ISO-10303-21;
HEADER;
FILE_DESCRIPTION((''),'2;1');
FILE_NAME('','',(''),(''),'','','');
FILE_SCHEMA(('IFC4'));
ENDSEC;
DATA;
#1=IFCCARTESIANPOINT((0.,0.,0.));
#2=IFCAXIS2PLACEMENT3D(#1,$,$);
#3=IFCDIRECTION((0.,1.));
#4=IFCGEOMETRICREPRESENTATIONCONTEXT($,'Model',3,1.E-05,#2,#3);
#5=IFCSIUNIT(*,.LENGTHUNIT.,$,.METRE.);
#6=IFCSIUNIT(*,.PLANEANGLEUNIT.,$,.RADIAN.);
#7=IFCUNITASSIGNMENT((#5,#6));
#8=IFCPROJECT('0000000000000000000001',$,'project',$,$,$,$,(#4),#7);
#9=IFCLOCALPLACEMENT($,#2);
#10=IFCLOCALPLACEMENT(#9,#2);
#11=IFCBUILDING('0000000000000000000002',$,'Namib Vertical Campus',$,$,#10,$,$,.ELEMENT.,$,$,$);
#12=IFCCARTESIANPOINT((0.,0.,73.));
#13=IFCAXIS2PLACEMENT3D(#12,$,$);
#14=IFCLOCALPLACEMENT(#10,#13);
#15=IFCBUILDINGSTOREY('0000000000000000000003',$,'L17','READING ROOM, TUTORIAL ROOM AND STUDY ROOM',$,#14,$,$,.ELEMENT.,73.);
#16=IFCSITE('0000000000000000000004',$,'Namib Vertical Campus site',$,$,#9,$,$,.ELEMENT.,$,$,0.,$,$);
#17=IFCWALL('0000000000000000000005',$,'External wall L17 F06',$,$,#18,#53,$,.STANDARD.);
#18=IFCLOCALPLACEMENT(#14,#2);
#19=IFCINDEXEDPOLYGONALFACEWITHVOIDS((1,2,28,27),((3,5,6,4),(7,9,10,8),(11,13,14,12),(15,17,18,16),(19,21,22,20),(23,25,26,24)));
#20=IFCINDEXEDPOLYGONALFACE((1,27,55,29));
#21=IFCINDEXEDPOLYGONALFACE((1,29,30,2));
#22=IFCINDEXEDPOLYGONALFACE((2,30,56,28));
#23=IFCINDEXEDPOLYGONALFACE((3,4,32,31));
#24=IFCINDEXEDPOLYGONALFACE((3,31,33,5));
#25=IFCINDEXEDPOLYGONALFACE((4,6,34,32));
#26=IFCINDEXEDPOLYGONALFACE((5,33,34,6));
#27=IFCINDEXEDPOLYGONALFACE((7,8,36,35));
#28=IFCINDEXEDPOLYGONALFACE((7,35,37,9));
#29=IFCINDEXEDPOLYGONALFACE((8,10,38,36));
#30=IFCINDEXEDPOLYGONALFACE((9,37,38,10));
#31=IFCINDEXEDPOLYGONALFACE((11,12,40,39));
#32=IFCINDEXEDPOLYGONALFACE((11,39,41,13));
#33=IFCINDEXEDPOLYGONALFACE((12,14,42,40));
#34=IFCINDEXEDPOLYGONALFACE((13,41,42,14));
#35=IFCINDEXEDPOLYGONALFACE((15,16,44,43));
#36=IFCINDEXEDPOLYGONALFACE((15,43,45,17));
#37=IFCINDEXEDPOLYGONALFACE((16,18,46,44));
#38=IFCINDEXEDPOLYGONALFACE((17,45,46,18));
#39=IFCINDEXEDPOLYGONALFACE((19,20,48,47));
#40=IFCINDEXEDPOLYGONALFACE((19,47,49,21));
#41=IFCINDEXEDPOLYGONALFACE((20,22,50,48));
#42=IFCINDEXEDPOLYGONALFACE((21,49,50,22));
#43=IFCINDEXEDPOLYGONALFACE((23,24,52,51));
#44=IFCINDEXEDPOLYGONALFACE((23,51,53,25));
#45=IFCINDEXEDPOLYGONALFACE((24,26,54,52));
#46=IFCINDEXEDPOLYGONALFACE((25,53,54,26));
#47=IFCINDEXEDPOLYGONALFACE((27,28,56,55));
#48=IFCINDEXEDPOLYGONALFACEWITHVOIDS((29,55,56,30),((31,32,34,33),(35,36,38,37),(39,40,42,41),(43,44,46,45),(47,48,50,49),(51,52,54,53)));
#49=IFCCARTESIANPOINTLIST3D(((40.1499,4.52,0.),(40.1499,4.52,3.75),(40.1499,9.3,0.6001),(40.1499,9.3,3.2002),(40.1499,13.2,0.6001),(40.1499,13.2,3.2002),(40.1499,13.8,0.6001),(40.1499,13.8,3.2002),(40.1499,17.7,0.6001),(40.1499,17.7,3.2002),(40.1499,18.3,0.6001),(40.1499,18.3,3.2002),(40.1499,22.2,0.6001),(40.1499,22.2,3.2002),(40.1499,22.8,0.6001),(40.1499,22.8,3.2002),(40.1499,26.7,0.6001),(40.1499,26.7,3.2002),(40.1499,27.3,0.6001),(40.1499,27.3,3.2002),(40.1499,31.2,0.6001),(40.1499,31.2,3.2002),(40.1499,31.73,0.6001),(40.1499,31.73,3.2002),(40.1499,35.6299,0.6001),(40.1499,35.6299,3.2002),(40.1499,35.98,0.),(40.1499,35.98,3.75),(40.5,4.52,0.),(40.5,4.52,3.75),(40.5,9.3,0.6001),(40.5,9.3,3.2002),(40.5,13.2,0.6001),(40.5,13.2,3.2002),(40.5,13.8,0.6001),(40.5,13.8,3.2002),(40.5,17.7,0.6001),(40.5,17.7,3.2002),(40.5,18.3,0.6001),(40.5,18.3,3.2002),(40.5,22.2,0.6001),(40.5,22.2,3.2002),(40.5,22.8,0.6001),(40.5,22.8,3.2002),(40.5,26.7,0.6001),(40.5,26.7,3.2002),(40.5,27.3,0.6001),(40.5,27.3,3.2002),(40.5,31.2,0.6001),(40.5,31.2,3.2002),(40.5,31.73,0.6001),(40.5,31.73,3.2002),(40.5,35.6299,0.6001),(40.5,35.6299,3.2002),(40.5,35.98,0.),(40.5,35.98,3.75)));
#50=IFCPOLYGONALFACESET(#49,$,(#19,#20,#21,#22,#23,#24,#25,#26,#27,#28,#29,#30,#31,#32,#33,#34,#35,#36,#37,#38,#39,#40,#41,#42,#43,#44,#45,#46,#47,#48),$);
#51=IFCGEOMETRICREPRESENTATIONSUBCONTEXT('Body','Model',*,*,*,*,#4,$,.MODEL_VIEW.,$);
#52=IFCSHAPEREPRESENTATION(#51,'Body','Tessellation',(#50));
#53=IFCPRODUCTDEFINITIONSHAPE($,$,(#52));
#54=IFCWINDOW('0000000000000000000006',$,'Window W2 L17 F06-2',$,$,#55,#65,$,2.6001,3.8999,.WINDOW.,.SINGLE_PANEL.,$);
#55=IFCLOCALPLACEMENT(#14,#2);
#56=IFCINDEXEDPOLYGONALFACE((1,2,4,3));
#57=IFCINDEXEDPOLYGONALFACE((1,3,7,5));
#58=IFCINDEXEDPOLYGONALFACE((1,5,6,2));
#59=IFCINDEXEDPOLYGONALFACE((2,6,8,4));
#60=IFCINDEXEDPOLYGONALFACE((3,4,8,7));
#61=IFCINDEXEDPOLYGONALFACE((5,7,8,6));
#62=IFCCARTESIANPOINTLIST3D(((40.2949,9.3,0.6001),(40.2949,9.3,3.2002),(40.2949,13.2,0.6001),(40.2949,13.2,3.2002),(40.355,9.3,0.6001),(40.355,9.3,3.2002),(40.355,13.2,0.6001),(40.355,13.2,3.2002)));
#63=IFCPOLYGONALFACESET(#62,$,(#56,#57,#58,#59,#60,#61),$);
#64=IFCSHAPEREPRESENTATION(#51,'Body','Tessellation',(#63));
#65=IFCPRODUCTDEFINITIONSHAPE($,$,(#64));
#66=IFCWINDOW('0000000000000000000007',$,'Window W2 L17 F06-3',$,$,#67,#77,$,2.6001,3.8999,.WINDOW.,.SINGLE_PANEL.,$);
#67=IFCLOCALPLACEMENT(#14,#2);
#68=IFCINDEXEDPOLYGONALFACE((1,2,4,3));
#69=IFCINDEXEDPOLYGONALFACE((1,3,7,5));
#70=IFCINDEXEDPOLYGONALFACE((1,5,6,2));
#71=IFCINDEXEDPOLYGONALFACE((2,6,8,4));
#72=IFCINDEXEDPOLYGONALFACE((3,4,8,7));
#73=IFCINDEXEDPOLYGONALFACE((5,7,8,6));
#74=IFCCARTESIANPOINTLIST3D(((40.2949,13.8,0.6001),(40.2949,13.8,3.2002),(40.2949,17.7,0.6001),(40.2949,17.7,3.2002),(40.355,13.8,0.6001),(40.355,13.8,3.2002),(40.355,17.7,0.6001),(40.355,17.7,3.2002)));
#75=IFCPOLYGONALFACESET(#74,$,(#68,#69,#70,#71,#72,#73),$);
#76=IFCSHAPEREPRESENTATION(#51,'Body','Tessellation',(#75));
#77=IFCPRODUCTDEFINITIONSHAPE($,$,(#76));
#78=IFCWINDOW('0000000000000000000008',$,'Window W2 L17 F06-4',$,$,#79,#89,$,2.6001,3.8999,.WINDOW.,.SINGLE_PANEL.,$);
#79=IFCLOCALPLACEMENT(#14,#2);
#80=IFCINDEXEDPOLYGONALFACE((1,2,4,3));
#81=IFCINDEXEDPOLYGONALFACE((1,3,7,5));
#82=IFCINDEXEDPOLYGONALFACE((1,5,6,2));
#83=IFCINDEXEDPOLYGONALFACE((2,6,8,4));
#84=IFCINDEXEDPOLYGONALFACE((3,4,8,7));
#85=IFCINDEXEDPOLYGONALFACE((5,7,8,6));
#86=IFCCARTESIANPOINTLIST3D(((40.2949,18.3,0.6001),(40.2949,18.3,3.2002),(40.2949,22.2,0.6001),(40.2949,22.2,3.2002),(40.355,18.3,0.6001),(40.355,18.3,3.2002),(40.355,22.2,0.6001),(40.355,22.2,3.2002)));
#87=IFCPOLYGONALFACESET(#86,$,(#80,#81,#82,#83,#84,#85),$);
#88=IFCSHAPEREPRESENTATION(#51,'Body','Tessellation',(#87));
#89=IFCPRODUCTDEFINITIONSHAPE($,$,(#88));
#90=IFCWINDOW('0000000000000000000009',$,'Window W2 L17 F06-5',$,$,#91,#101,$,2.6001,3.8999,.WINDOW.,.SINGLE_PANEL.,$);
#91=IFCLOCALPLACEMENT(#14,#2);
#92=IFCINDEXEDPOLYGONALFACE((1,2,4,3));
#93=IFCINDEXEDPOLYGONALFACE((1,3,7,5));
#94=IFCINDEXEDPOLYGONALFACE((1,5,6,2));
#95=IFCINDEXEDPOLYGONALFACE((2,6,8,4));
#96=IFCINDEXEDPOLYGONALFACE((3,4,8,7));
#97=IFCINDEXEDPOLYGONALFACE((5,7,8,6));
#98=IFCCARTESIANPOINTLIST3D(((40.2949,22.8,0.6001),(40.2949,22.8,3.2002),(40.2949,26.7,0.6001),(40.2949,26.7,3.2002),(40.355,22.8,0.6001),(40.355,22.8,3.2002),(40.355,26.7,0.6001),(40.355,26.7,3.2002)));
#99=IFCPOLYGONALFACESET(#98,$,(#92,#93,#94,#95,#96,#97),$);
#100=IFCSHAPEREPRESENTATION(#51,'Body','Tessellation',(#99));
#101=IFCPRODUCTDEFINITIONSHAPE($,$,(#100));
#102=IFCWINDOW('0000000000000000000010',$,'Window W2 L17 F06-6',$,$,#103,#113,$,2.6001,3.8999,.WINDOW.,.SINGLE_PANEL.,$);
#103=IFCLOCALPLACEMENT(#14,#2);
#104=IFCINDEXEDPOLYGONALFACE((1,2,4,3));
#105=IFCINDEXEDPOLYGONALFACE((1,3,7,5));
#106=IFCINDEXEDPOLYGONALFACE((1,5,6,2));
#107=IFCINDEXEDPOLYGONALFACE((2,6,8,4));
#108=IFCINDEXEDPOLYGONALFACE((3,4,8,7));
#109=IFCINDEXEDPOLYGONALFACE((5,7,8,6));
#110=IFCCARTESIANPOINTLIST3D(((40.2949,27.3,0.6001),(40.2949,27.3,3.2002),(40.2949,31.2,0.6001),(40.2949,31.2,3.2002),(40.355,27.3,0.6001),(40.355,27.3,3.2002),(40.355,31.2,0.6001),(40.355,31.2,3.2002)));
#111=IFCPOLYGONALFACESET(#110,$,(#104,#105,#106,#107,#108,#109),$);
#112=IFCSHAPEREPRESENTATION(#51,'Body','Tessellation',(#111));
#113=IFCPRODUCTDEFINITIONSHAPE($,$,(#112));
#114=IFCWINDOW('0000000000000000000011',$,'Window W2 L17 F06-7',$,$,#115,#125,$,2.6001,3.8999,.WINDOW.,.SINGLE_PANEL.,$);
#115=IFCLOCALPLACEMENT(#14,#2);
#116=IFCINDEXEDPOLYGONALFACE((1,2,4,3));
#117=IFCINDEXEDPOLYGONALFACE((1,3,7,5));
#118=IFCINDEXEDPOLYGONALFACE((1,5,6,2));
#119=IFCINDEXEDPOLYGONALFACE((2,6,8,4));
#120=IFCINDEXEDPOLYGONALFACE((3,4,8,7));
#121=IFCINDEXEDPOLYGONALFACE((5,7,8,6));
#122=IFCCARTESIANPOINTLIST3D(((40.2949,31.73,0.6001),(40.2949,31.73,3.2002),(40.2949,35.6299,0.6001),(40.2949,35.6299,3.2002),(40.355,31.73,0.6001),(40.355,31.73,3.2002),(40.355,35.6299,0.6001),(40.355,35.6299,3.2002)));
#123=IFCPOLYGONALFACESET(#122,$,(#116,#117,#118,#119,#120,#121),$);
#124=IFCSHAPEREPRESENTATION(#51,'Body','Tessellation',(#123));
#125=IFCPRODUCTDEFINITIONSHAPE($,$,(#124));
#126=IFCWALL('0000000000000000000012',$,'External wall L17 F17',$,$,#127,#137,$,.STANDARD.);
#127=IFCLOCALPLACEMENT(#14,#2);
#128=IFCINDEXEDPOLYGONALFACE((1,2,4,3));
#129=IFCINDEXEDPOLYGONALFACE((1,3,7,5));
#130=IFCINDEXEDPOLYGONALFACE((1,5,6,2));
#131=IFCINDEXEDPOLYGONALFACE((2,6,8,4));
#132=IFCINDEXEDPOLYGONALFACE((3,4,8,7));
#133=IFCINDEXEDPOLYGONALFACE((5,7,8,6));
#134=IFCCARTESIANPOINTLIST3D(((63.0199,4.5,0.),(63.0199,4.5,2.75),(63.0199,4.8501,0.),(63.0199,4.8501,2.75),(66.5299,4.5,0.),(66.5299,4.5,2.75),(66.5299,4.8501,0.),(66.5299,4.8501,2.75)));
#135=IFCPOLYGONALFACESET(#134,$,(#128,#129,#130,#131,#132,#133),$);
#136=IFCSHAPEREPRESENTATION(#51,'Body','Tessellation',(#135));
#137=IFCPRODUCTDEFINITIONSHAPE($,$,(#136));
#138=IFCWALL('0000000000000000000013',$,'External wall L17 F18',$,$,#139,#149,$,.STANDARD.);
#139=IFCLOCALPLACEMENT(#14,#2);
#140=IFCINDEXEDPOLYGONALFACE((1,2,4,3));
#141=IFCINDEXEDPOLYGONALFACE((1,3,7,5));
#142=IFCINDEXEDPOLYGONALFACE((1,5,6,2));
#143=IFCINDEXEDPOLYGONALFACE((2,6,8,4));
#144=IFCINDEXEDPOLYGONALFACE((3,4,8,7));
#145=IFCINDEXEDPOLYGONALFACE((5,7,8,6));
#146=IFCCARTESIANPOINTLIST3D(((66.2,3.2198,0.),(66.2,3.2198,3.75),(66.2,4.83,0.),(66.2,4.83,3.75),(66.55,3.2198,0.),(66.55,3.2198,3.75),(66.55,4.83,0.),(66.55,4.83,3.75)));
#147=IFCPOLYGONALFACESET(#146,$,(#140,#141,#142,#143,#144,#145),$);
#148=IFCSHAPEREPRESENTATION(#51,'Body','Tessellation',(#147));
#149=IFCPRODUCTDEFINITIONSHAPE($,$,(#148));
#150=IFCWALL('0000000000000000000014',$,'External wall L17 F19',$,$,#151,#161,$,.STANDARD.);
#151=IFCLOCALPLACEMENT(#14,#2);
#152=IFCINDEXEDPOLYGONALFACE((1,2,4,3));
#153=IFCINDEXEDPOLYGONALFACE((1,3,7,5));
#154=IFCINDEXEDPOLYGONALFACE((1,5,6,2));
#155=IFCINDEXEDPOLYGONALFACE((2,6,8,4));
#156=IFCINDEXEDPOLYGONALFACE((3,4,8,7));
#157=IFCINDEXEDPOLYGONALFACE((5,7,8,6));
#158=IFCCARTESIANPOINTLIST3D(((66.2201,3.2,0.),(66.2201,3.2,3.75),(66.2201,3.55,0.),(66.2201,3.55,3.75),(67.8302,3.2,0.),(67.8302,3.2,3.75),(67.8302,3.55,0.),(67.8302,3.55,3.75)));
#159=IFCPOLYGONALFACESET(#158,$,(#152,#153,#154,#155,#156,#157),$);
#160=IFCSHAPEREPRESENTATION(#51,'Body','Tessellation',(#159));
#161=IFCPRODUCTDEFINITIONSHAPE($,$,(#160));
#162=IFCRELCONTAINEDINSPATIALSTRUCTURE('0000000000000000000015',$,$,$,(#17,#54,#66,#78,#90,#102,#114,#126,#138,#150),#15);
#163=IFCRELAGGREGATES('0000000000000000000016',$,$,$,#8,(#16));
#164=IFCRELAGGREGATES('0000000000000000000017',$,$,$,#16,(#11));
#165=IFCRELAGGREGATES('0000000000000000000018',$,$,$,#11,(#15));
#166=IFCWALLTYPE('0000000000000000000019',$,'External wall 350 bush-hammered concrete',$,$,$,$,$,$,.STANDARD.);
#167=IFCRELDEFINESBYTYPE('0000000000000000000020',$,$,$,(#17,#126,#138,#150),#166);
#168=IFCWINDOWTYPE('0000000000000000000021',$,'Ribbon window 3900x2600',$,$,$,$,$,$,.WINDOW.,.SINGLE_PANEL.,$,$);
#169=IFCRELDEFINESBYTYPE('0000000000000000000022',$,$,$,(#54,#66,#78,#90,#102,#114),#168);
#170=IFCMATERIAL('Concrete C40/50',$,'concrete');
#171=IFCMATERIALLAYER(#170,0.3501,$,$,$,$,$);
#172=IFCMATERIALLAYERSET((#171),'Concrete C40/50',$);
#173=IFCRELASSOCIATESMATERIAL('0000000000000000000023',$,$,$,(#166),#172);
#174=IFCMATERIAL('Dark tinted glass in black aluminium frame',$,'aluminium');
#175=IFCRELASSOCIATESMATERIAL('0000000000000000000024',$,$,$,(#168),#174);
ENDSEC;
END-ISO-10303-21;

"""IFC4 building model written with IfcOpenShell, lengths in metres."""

from ifc_helpers import new_model, si_unit, direction, frame, frame_2d, origin, place, context, subcontext, project, spatial, rectangle, extrude, material, layer, layer_set, type_object, element, fill, save


model = new_model("IFC4")

# Units and contexts
model_context = context("Model", 3, precision=1e-05, world=origin(), true_north=direction((0.0, 1.0)))
body_context = subcontext(model_context, "Body", "Model", "MODEL_VIEW")
ifc_project = project(units=[si_unit("LENGTHUNIT", "METRE"), si_unit("PLANEANGLEUNIT", "RADIAN")], contexts=[model_context])

# Site, building, storey
site_placement = place(None, origin())
site = spatial("IfcSite", under=ifc_project, at=site_placement, Name="Namib Vertical Campus site", CompositionType="ELEMENT", RefElevation=0.0)
building_placement = place(site_placement, origin())
building = spatial("IfcBuilding", under=site, at=building_placement, Name="Namib Vertical Campus", CompositionType="ELEMENT")
storey_placement = place(building_placement, frame((0.0, 0.0, 73.0)))
storey = spatial("IfcBuildingStorey", under=building, at=storey_placement, Name="L17", Description="READING ROOM, TUTORIAL ROOM AND STUDY ROOM", CompositionType="ELEMENT", Elevation=73.0)

# Shared definitions
ifc_material_1 = material(Name="Concrete C40/50", Category="concrete")
ifc_layer_1 = layer(ifc_material_1, 0.3501)
ifc_layer_set_1 = layer_set([ifc_layer_1], Name="Concrete C40/50")
wall_type_1 = type_object("IfcWallType", Name="External wall 350 bush-hammered concrete", PredefinedType="STANDARD", material=ifc_layer_set_1)

# Wall, openings, windows
wall_1_placement = place(storey_placement, frame((40.325, 4.52, 0.0), z_axis=(0.0, 0.0, 1.0), x_axis=(0.0, 1.0, 0.0)))
wall_1 = element("IfcWall", 1, at=wall_1_placement, inside=storey, type_object=wall_type_1, Name="External wall L17 F06", PredefinedType="STANDARD", context=body_context, shape_type="SweptSolid", body=[
    extrude(rectangle(XDim=31.46, YDim=0.3501, at=frame_2d((15.73, 0.0))), origin(), (0.0, 0.0, 1.0), 3.75),
])
opening_1_placement = place(wall_1_placement, frame((4.78, 0.0, 0.6001)))
opening_1 = element("IfcOpeningElement", 2, at=opening_1_placement, cuts=wall_1, PredefinedType="OPENING", context=body_context, shape_type="SweptSolid", body=[
    extrude(rectangle(XDim=3.8999, YDim=2.6001, at=frame_2d((1.95, 1.3))), frame((0.0, 0.1851, 0.0), z_axis=(0.0, -1.0, 0.0), x_axis=(1.0, 0.0, 0.0)), (0.0, 0.0, 1.0), 0.3701),
])
opening_2_placement = place(wall_1_placement, frame((9.28, 0.0, 0.6001)))
opening_2 = element("IfcOpeningElement", 3, at=opening_2_placement, cuts=wall_1, PredefinedType="OPENING", context=body_context, shape_type="SweptSolid", body=[
    extrude(rectangle(XDim=3.8999, YDim=2.6001, at=frame_2d((1.95, 1.3))), frame((0.0, 0.1851, 0.0), z_axis=(0.0, -1.0, 0.0), x_axis=(1.0, 0.0, 0.0)), (0.0, 0.0, 1.0), 0.3701),
])
opening_3_placement = place(wall_1_placement, frame((13.78, 0.0, 0.6001)))
opening_3 = element("IfcOpeningElement", 4, at=opening_3_placement, cuts=wall_1, PredefinedType="OPENING", context=body_context, shape_type="SweptSolid", body=[
    extrude(rectangle(XDim=3.8999, YDim=2.6001, at=frame_2d((1.95, 1.3))), frame((0.0, 0.1851, 0.0), z_axis=(0.0, -1.0, 0.0), x_axis=(1.0, 0.0, 0.0)), (0.0, 0.0, 1.0), 0.3701),
])
opening_4_placement = place(wall_1_placement, frame((18.28, 0.0, 0.6001)))
opening_4 = element("IfcOpeningElement", 5, at=opening_4_placement, cuts=wall_1, PredefinedType="OPENING", context=body_context, shape_type="SweptSolid", body=[
    extrude(rectangle(XDim=3.8999, YDim=2.6001, at=frame_2d((1.95, 1.3))), frame((0.0, 0.1851, 0.0), z_axis=(0.0, -1.0, 0.0), x_axis=(1.0, 0.0, 0.0)), (0.0, 0.0, 1.0), 0.3701),
])
opening_5_placement = place(wall_1_placement, frame((22.78, 0.0, 0.6001)))
opening_5 = element("IfcOpeningElement", 6, at=opening_5_placement, cuts=wall_1, PredefinedType="OPENING", context=body_context, shape_type="SweptSolid", body=[
    extrude(rectangle(XDim=3.8999, YDim=2.6001, at=frame_2d((1.95, 1.3))), frame((0.0, 0.1851, 0.0), z_axis=(0.0, -1.0, 0.0), x_axis=(1.0, 0.0, 0.0)), (0.0, 0.0, 1.0), 0.3701),
])
opening_6_placement = place(wall_1_placement, frame((27.21, 0.0, 0.6001)))
opening_6 = element("IfcOpeningElement", 7, at=opening_6_placement, cuts=wall_1, PredefinedType="OPENING", context=body_context, shape_type="SweptSolid", body=[
    extrude(rectangle(XDim=3.8999, YDim=2.6001, at=frame_2d((1.95, 1.3))), frame((0.0, 0.1851, 0.0), z_axis=(0.0, -1.0, 0.0), x_axis=(1.0, 0.0, 0.0)), (0.0, 0.0, 1.0), 0.3701),
])
ifc_material_2 = material(Name="Dark tinted glass in black aluminium frame", Category="aluminium")
window_type = type_object("IfcWindowType", Name="Ribbon window 3900x2600", PartitioningType="SINGLE_PANEL", PredefinedType="WINDOW", material=ifc_material_2)
window_1_placement = place(opening_1_placement, origin())
window_1 = element("IfcWindow", 8, at=window_1_placement, inside=storey, type_object=window_type, Name="Window W2 L17 F06-2", OverallHeight=2.6001, OverallWidth=3.8999, PartitioningType="SINGLE_PANEL", PredefinedType="WINDOW", context=body_context, shape_type="SweptSolid", body=[
    extrude(rectangle(XDim=3.8999, YDim=2.6001, at=frame_2d((1.95, 1.3))), frame((0.0, 0.03, 0.0), z_axis=(0.0, -1.0, 0.0), x_axis=(1.0, 0.0, 0.0)), (0.0, 0.0, 1.0), 0.0601),
])
fill(opening_1, window_1)
window_2_placement = place(opening_2_placement, origin())
window_2 = element("IfcWindow", 9, at=window_2_placement, inside=storey, type_object=window_type, Name="Window W2 L17 F06-3", OverallHeight=2.6001, OverallWidth=3.8999, PartitioningType="SINGLE_PANEL", PredefinedType="WINDOW", context=body_context, shape_type="SweptSolid", body=[
    extrude(rectangle(XDim=3.8999, YDim=2.6001, at=frame_2d((1.95, 1.3))), frame((0.0, 0.03, 0.0), z_axis=(0.0, -1.0, 0.0), x_axis=(1.0, 0.0, 0.0)), (0.0, 0.0, 1.0), 0.0601),
])
fill(opening_2, window_2)
window_3_placement = place(opening_3_placement, origin())
window_3 = element("IfcWindow", 10, at=window_3_placement, inside=storey, type_object=window_type, Name="Window W2 L17 F06-4", OverallHeight=2.6001, OverallWidth=3.8999, PartitioningType="SINGLE_PANEL", PredefinedType="WINDOW", context=body_context, shape_type="SweptSolid", body=[
    extrude(rectangle(XDim=3.8999, YDim=2.6001, at=frame_2d((1.95, 1.3))), frame((0.0, 0.03, 0.0), z_axis=(0.0, -1.0, 0.0), x_axis=(1.0, 0.0, 0.0)), (0.0, 0.0, 1.0), 0.0601),
])
fill(opening_3, window_3)
window_4_placement = place(opening_4_placement, origin())
window_4 = element("IfcWindow", 11, at=window_4_placement, inside=storey, type_object=window_type, Name="Window W2 L17 F06-5", OverallHeight=2.6001, OverallWidth=3.8999, PartitioningType="SINGLE_PANEL", PredefinedType="WINDOW", context=body_context, shape_type="SweptSolid", body=[
    extrude(rectangle(XDim=3.8999, YDim=2.6001, at=frame_2d((1.95, 1.3))), frame((0.0, 0.03, 0.0), z_axis=(0.0, -1.0, 0.0), x_axis=(1.0, 0.0, 0.0)), (0.0, 0.0, 1.0), 0.0601),
])
fill(opening_4, window_4)
window_5_placement = place(opening_5_placement, origin())
window_5 = element("IfcWindow", 12, at=window_5_placement, inside=storey, type_object=window_type, Name="Window W2 L17 F06-6", OverallHeight=2.6001, OverallWidth=3.8999, PartitioningType="SINGLE_PANEL", PredefinedType="WINDOW", context=body_context, shape_type="SweptSolid", body=[
    extrude(rectangle(XDim=3.8999, YDim=2.6001, at=frame_2d((1.95, 1.3))), frame((0.0, 0.03, 0.0), z_axis=(0.0, -1.0, 0.0), x_axis=(1.0, 0.0, 0.0)), (0.0, 0.0, 1.0), 0.0601),
])
fill(opening_5, window_5)
window_6_placement = place(opening_6_placement, origin())
window_6 = element("IfcWindow", 13, at=window_6_placement, inside=storey, type_object=window_type, Name="Window W2 L17 F06-7", OverallHeight=2.6001, OverallWidth=3.8999, PartitioningType="SINGLE_PANEL", PredefinedType="WINDOW", context=body_context, shape_type="SweptSolid", body=[
    extrude(rectangle(XDim=3.8999, YDim=2.6001, at=frame_2d((1.95, 1.3))), frame((0.0, 0.03, 0.0), z_axis=(0.0, -1.0, 0.0), x_axis=(1.0, 0.0, 0.0)), (0.0, 0.0, 1.0), 0.0601),
])
fill(opening_6, window_6)

# Walls
wall_2_placement = place(storey_placement, frame((63.02, 4.675, 0.0), z_axis=(0.0, 0.0, 1.0), x_axis=(1.0, 0.0, 0.0)))
element("IfcWall", 14, at=wall_2_placement, inside=storey, type_object=wall_type_1, Name="External wall L17 F17", PredefinedType="STANDARD", context=body_context, shape_type="SweptSolid", body=[
    extrude(rectangle(XDim=3.51, YDim=0.3501, at=frame_2d((1.7549, 0.0))), origin(), (0.0, 0.0, 1.0), 2.75),
])
for number, where, z_axis, x_axis, name in (
    (15, (66.375, 4.8301, 0.0), (0.0, 0.0, 1.0), (0.0, -1.0, 0.0), "External wall L17 F18"),
    (16, (66.22, 3.375, 0.0), (0.0, 0.0, 1.0), (1.0, 0.0, 0.0), "External wall L17 F19"),
):
    element("IfcWall", number, at=place(storey_placement, frame(where, z_axis=z_axis, x_axis=x_axis)), inside=storey, type_object=wall_type_1, Name=name, PredefinedType="STANDARD", context=body_context, shape_type="SweptSolid", body=[
        extrude(rectangle(XDim=1.6101, YDim=0.3501, at=frame_2d((0.8052, 0.0))), origin(), (0.0, 0.0, 1.0), 3.75),
    ])

save(model, "model.ifc")
